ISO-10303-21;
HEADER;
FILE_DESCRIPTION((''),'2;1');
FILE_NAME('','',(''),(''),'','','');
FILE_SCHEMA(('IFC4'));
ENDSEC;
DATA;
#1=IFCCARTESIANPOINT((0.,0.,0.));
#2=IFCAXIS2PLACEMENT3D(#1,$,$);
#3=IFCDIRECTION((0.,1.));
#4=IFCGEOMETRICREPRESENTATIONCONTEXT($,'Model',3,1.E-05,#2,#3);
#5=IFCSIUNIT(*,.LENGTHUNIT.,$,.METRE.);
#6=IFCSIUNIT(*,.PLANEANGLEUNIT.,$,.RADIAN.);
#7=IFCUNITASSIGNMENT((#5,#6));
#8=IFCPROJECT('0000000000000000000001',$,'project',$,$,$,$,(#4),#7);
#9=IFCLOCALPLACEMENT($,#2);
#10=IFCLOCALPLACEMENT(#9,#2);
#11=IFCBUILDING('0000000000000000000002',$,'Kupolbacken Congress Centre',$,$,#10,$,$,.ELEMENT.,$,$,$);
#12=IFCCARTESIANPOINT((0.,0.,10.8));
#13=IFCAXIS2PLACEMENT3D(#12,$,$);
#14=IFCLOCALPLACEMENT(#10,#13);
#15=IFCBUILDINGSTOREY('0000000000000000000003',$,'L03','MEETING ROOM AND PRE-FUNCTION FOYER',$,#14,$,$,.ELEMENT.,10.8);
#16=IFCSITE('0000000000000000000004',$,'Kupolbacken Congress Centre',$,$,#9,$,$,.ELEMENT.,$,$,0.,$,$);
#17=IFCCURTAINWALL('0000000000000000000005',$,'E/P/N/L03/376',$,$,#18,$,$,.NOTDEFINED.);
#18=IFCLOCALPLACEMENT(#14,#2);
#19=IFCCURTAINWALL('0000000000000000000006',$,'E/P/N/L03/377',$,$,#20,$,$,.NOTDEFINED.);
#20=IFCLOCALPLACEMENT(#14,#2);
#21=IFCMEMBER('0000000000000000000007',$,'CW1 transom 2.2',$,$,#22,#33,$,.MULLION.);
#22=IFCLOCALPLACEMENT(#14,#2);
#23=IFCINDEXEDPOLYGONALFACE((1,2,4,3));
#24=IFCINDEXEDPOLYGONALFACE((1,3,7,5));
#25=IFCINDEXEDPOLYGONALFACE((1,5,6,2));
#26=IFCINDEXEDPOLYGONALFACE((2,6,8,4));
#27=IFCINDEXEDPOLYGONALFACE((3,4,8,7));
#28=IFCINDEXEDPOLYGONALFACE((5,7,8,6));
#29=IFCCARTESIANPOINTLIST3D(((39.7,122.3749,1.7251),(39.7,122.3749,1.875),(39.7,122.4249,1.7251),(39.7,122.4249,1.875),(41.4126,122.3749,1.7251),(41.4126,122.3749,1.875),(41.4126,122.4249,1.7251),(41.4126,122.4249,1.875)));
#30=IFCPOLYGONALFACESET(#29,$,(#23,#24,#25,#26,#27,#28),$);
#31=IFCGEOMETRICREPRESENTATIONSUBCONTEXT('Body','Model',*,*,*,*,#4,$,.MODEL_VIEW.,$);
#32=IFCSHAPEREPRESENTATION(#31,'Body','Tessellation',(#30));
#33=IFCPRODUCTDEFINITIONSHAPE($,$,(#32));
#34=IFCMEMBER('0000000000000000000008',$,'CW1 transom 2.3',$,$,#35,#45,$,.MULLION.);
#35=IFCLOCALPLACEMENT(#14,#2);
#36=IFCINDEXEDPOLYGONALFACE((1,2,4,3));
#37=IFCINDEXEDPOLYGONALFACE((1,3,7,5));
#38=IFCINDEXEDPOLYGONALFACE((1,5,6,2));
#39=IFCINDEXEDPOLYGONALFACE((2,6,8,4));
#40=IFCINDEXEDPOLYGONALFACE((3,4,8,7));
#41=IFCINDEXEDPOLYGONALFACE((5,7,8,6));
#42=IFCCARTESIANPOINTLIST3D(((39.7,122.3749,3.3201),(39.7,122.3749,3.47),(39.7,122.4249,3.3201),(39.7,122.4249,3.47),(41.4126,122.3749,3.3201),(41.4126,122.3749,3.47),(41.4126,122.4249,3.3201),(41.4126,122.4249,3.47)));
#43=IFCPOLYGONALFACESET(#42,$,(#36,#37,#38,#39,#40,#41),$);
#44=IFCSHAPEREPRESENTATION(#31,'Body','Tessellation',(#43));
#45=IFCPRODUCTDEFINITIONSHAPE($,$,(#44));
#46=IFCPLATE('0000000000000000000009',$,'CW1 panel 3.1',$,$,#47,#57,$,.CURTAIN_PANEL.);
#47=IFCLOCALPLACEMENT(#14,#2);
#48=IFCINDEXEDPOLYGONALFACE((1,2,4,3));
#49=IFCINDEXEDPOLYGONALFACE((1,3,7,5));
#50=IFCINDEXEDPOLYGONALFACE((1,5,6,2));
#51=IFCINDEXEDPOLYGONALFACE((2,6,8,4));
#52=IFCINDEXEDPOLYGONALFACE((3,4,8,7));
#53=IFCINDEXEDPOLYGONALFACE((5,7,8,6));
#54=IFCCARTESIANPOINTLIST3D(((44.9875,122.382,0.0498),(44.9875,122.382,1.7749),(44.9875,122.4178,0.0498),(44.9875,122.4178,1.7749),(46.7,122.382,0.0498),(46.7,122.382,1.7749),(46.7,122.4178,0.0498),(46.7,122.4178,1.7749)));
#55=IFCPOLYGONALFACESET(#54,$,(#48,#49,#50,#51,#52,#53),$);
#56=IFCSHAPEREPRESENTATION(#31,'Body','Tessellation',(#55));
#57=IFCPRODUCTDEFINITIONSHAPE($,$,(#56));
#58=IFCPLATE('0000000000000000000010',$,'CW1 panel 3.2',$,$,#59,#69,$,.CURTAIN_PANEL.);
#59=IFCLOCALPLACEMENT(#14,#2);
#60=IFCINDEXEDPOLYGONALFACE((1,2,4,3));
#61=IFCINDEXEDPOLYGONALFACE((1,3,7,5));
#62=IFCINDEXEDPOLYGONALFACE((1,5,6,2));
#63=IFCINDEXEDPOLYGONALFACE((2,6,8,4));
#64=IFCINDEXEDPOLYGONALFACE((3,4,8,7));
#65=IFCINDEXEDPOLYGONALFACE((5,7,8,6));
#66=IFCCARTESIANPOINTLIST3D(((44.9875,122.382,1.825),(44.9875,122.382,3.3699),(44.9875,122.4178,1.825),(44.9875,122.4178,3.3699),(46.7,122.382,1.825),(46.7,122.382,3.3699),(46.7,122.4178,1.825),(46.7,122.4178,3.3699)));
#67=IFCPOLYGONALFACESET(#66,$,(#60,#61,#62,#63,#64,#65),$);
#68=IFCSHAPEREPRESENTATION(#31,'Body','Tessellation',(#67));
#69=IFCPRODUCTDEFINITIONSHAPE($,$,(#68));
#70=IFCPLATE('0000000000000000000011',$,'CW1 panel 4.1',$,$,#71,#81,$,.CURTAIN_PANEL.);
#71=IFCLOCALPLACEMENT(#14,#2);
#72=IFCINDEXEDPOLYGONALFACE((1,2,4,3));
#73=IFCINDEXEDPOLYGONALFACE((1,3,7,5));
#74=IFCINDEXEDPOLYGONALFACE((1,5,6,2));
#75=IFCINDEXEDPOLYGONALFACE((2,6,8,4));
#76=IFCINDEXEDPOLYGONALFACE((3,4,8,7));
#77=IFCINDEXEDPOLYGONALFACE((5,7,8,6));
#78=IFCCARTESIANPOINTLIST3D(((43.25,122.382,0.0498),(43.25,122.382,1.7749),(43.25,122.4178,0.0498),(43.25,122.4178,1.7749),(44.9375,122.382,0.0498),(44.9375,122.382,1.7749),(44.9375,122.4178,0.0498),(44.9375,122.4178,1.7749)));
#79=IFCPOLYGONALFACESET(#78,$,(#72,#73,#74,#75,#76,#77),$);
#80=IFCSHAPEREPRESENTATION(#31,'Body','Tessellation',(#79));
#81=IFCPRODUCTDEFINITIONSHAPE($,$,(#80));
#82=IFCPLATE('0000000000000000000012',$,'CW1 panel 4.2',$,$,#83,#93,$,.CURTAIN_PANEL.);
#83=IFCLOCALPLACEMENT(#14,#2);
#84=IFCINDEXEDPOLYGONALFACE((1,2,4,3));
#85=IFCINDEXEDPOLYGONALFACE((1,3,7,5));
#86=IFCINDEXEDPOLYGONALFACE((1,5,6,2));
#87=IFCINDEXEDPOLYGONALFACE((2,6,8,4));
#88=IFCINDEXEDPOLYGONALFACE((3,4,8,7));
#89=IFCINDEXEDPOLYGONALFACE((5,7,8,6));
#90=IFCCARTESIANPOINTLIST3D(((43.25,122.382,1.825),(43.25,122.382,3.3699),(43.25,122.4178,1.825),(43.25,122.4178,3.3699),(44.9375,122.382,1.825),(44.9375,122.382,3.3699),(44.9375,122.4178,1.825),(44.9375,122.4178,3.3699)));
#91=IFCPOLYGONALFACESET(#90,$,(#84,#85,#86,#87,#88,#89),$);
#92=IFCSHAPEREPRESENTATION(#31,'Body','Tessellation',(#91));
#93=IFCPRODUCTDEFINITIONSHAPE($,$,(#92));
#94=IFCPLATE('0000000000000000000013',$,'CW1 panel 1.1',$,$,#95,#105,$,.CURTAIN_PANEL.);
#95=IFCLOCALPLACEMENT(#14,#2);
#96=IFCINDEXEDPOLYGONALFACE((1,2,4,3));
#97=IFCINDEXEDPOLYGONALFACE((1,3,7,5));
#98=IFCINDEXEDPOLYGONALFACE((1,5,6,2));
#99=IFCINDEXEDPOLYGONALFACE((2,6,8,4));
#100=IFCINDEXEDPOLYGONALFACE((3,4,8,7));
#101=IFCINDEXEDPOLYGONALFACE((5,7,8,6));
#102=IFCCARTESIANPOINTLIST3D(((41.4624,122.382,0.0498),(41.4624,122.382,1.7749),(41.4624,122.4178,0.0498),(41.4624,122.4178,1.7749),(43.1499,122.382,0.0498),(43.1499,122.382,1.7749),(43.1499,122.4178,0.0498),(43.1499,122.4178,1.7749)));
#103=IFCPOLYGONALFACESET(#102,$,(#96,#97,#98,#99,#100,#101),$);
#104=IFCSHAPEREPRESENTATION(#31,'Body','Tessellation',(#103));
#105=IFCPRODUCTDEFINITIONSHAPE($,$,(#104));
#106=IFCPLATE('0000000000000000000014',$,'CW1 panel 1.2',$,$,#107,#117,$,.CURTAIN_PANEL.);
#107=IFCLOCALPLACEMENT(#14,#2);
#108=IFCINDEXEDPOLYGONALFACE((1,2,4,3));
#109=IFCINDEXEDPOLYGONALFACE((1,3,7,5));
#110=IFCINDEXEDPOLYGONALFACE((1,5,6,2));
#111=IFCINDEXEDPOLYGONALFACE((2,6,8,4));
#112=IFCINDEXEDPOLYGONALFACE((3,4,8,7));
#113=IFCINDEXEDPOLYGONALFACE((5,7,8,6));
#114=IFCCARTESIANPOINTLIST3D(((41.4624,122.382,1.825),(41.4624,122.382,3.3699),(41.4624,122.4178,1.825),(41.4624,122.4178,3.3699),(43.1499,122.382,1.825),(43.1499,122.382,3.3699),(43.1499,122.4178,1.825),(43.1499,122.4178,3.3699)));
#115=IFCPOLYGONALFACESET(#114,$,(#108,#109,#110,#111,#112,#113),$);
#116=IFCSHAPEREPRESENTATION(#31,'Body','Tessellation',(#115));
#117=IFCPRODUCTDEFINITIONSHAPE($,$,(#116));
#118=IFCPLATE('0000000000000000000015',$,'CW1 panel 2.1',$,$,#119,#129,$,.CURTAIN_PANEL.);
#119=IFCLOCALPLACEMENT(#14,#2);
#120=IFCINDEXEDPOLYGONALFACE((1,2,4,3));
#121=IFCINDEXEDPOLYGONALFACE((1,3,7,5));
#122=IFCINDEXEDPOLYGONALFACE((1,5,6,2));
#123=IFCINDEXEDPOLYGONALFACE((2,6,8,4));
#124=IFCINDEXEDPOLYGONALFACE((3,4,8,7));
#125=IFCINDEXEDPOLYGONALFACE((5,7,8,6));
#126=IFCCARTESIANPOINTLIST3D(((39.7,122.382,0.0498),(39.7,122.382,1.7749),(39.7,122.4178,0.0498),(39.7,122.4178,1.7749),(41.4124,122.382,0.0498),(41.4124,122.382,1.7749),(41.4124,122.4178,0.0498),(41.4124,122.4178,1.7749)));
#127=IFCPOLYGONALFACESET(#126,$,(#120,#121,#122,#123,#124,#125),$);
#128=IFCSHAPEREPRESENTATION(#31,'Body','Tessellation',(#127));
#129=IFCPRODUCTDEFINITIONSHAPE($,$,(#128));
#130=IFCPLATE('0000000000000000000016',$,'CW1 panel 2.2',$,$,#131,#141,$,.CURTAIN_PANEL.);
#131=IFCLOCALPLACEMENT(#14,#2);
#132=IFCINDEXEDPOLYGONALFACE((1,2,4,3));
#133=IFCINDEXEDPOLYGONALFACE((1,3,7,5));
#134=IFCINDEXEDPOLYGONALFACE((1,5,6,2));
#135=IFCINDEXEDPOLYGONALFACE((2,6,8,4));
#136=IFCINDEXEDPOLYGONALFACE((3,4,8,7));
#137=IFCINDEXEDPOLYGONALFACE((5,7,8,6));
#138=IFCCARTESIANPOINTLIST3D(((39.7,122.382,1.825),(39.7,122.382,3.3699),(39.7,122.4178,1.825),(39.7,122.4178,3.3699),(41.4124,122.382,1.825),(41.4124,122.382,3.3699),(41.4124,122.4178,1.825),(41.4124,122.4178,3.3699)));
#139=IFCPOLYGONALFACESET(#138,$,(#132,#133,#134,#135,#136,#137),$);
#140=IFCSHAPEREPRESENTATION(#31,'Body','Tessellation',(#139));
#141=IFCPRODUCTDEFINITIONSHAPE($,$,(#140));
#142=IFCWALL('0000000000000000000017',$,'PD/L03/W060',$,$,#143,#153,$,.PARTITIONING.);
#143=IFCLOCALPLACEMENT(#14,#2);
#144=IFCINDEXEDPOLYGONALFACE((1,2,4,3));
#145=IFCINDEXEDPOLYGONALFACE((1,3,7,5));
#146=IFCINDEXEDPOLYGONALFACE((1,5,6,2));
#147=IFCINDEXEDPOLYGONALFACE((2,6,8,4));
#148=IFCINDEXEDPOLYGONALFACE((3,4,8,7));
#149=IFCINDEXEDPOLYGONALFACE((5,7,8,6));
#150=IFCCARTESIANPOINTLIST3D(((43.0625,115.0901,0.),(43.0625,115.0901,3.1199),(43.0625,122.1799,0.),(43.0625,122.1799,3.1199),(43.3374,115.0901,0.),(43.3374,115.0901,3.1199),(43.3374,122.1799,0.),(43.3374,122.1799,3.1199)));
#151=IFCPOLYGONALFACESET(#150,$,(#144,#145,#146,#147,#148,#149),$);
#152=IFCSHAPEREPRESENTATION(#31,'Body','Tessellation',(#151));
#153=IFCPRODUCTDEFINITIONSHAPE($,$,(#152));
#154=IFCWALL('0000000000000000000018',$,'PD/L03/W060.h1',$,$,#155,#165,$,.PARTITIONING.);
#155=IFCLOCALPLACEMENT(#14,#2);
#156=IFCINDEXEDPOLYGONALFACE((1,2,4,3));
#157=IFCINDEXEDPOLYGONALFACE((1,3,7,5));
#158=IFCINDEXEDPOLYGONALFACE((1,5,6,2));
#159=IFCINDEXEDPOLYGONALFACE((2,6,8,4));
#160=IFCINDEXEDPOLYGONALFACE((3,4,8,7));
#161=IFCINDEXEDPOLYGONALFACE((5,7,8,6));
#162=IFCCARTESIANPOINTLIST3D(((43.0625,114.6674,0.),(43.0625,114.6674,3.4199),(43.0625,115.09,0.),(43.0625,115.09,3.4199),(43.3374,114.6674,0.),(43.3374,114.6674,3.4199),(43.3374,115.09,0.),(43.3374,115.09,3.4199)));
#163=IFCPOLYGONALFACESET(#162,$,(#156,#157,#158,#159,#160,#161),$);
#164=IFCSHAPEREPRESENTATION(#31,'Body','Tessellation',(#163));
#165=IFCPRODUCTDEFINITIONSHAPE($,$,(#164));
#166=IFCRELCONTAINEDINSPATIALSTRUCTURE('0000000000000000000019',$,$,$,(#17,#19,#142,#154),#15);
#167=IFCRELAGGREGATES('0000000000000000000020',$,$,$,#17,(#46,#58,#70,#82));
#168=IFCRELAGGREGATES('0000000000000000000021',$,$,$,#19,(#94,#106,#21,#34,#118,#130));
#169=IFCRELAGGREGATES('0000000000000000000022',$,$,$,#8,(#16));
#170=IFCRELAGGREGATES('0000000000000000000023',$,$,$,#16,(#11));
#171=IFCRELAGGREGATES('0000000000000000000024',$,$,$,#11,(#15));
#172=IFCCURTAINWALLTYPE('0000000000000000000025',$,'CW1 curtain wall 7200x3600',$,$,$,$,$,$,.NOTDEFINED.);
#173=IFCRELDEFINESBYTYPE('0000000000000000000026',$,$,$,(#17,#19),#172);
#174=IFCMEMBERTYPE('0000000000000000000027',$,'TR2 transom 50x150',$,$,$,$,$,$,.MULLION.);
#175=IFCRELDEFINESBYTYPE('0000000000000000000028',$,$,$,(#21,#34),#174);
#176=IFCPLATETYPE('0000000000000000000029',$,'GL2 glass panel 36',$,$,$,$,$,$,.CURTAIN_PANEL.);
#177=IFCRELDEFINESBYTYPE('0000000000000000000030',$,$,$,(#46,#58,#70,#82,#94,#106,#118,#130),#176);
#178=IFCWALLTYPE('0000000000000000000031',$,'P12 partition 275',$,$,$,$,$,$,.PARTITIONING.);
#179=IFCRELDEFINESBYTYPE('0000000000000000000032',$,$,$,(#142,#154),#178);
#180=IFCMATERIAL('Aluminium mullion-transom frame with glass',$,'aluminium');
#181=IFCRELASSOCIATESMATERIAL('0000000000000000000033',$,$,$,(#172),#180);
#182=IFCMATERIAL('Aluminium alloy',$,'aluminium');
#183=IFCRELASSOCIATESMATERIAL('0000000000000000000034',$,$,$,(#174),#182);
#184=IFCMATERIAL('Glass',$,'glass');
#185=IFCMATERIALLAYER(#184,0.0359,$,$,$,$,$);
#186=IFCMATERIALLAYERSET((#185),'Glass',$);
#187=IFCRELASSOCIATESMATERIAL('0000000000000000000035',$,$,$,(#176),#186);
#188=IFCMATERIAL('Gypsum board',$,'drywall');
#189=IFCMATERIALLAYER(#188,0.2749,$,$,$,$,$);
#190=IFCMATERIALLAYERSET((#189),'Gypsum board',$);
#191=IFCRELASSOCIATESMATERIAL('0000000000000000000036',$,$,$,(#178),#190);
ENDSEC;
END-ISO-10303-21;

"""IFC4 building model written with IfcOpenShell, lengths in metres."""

from ifc_helpers import new_model, si_unit, direction, frame, frame_2d, origin, origin_2d, place, context, subcontext, project, spatial, rectangle, extrude, material, layer, layer_set, material_profile, profile_set, type_object, element, aggregate, save


model = new_model("IFC4")

# Units and contexts
model_context = context("Model", 3, precision=1e-05, world=origin(), true_north=direction((0.0, 1.0)))
body_context = subcontext(model_context, "Body", "Model", "MODEL_VIEW")
ifc_project = project(units=[si_unit("LENGTHUNIT", "METRE"), si_unit("PLANEANGLEUNIT", "RADIAN")], contexts=[model_context])

# Site, building, storey
site_placement = place(None, origin())
site = spatial("IfcSite", under=ifc_project, at=site_placement, Name="Kupolbacken Congress Centre", CompositionType="ELEMENT", RefElevation=0.0)
building_placement = place(site_placement, origin())
building = spatial("IfcBuilding", under=site, at=building_placement, Name="Kupolbacken Congress Centre", CompositionType="ELEMENT")
storey_placement = place(building_placement, frame((0.0, 0.0, 10.8)))
storey = spatial("IfcBuildingStorey", under=building, at=storey_placement, Name="L03", Description="MEETING ROOM AND PRE-FUNCTION FOYER", CompositionType="ELEMENT", Elevation=10.8)

# Curtain walls
ifc_material_1 = material(Name="Aluminium mullion-transom frame with glass", Category="aluminium")
curtain_wall_type = type_object("IfcCurtainWallType", Name="CW1 curtain wall 7200x3600", PredefinedType="NOTDEFINED", material=ifc_material_1)
curtain_wall_1_placement = place(storey_placement, origin())
curtain_wall_1 = element("IfcCurtainWall", 1, at=curtain_wall_1_placement, inside=storey, type_object=curtain_wall_type, Name="E/P/N/L03/376", PredefinedType="NOTDEFINED")
curtain_wall_2_placement = place(storey_placement, origin())
curtain_wall_2 = element("IfcCurtainWall", 2, at=curtain_wall_2_placement, inside=storey, type_object=curtain_wall_type, Name="E/P/N/L03/377", PredefinedType="NOTDEFINED")

# Members
ifc_material_2 = material(Name="Aluminium alloy", Category="aluminium")
ifc_material_profile_1 = material_profile(ifc_material_2, rectangle(XDim=0.05, YDim=0.1499, at=origin_2d()), Name="50 x 150")
ifc_profile_set_1 = profile_set([ifc_material_profile_1], Name="Aluminium alloy")
member_type_1 = type_object("IfcMemberType", Name="TR2 transom 50x150", PredefinedType="MULLION", material=ifc_profile_set_1)
member_1_placement = place(storey_placement, frame((41.4126, 122.3999, 1.8), z_axis=(-1.0, 0.0, 0.0), x_axis=(0.0, -1.0, 0.0)))
member_1 = element("IfcMember", 3, at=member_1_placement, type_object=member_type_1, Name="CW1 transom 2.2", PredefinedType="MULLION", context=body_context, shape_type="SweptSolid", body=[
    extrude(rectangle(XDim=0.05, YDim=0.1499, at=origin_2d()), origin(), (0.0, 0.0, 1.0), 1.7126),
])
member_2_placement = place(storey_placement, frame((41.4126, 122.3999, 3.395), z_axis=(-1.0, 0.0, 0.0), x_axis=(0.0, -1.0, 0.0)))
member_2 = element("IfcMember", 4, at=member_2_placement, type_object=member_type_1, Name="CW1 transom 2.3", PredefinedType="MULLION", context=body_context, shape_type="SweptSolid", body=[
    extrude(rectangle(XDim=0.05, YDim=0.1499, at=origin_2d()), origin(), (0.0, 0.0, 1.0), 1.7126),
])

# Plates
ifc_material_3 = material(Name="Glass", Category="glass")
ifc_layer_1 = layer(ifc_material_3, 0.0359)
ifc_layer_set_1 = layer_set([ifc_layer_1], Name="Glass")
plate_type = type_object("IfcPlateType", Name="GL2 glass panel 36", PredefinedType="CURTAIN_PANEL", material=ifc_layer_set_1)
plate_1_placement = place(storey_placement, frame((45.8438, 122.3999, 0.0498), z_axis=(0.0, 0.0, 1.0), x_axis=(-1.0, 0.0, 0.0)))
plate_1 = element("IfcPlate", 5, at=plate_1_placement, type_object=plate_type, Name="CW1 panel 3.1", PredefinedType="CURTAIN_PANEL", context=body_context, shape_type="SweptSolid", body=[
    extrude(rectangle(XDim=1.7124, YDim=0.0359, at=origin_2d()), origin(), (0.0, 0.0, 1.0), 1.7251),
])
plate_2_placement = place(storey_placement, frame((45.8438, 122.3999, 1.825), z_axis=(0.0, 0.0, 1.0), x_axis=(-1.0, 0.0, 0.0)))
plate_2 = element("IfcPlate", 6, at=plate_2_placement, type_object=plate_type, Name="CW1 panel 3.2", PredefinedType="CURTAIN_PANEL", context=body_context, shape_type="SweptSolid", body=[
    extrude(rectangle(XDim=1.7124, YDim=0.0359, at=origin_2d()), origin(), (0.0, 0.0, 1.0), 1.5449),
])
plate_3_placement = place(storey_placement, frame((44.0938, 122.3999, 0.0498), z_axis=(0.0, 0.0, 1.0), x_axis=(-1.0, 0.0, 0.0)))
plate_3 = element("IfcPlate", 7, at=plate_3_placement, type_object=plate_type, Name="CW1 panel 4.1", PredefinedType="CURTAIN_PANEL", context=body_context, shape_type="SweptSolid", body=[
    extrude(rectangle(XDim=1.6875, YDim=0.0359, at=origin_2d()), origin(), (0.0, 0.0, 1.0), 1.7251),
])
plate_4_placement = place(storey_placement, frame((44.0938, 122.3999, 1.825), z_axis=(0.0, 0.0, 1.0), x_axis=(-1.0, 0.0, 0.0)))
plate_4 = element("IfcPlate", 8, at=plate_4_placement, type_object=plate_type, Name="CW1 panel 4.2", PredefinedType="CURTAIN_PANEL", context=body_context, shape_type="SweptSolid", body=[
    extrude(rectangle(XDim=1.6875, YDim=0.0359, at=origin_2d()), origin(), (0.0, 0.0, 1.0), 1.5449),
])
aggregate(curtain_wall_1, [plate_1, plate_2, plate_3, plate_4])
plate_5_placement = place(storey_placement, frame((42.3062, 122.3999, 0.0498), z_axis=(0.0, 0.0, 1.0), x_axis=(-1.0, 0.0, 0.0)))
plate_5 = element("IfcPlate", 9, at=plate_5_placement, type_object=plate_type, Name="CW1 panel 1.1", PredefinedType="CURTAIN_PANEL", context=body_context, shape_type="SweptSolid", body=[
    extrude(rectangle(XDim=1.6875, YDim=0.0359, at=origin_2d()), origin(), (0.0, 0.0, 1.0), 1.7251),
])
plate_6_placement = place(storey_placement, frame((42.3062, 122.3999, 1.825), z_axis=(0.0, 0.0, 1.0), x_axis=(-1.0, 0.0, 0.0)))
plate_6 = element("IfcPlate", 10, at=plate_6_placement, type_object=plate_type, Name="CW1 panel 1.2", PredefinedType="CURTAIN_PANEL", context=body_context, shape_type="SweptSolid", body=[
    extrude(rectangle(XDim=1.6875, YDim=0.0359, at=origin_2d()), origin(), (0.0, 0.0, 1.0), 1.5449),
])
plate_7_placement = place(storey_placement, frame((40.5562, 122.3999, 0.0498), z_axis=(0.0, 0.0, 1.0), x_axis=(-1.0, 0.0, 0.0)))
plate_7 = element("IfcPlate", 11, at=plate_7_placement, type_object=plate_type, Name="CW1 panel 2.1", PredefinedType="CURTAIN_PANEL", context=body_context, shape_type="SweptSolid", body=[
    extrude(rectangle(XDim=1.7124, YDim=0.0359, at=origin_2d()), origin(), (0.0, 0.0, 1.0), 1.7251),
])
plate_8_placement = place(storey_placement, frame((40.5562, 122.3999, 1.825), z_axis=(0.0, 0.0, 1.0), x_axis=(-1.0, 0.0, 0.0)))
plate_8 = element("IfcPlate", 12, at=plate_8_placement, type_object=plate_type, Name="CW1 panel 2.2", PredefinedType="CURTAIN_PANEL", context=body_context, shape_type="SweptSolid", body=[
    extrude(rectangle(XDim=1.7124, YDim=0.0359, at=origin_2d()), origin(), (0.0, 0.0, 1.0), 1.5449),
])
aggregate(curtain_wall_2, [plate_5, plate_6, member_1, member_2, plate_7, plate_8])

# Walls
ifc_material_4 = material(Name="Gypsum board", Category="drywall")
ifc_layer_2 = layer(ifc_material_4, 0.2749)
ifc_layer_set_2 = layer_set([ifc_layer_2], Name="Gypsum board")
wall_type = type_object("IfcWallType", Name="P12 partition 275", PredefinedType="PARTITIONING", material=ifc_layer_set_2)
wall_1_placement = place(storey_placement, frame((43.2, 122.1799, 0.0), z_axis=(0.0, 0.0, 1.0), x_axis=(0.0, -1.0, 0.0)))
element("IfcWall", 13, at=wall_1_placement, inside=storey, type_object=wall_type, Name="PD/L03/W060", PredefinedType="PARTITIONING", context=body_context, shape_type="SweptSolid", body=[
    extrude(rectangle(XDim=7.0898, YDim=0.2749, at=frame_2d((3.5449, 0.0))), origin(), (0.0, 0.0, 1.0), 3.1199),
])
wall_2_placement = place(storey_placement, frame((43.2, 115.0901, 0.0), z_axis=(0.0, 0.0, 1.0), x_axis=(0.0, -1.0, 0.0)))
element("IfcWall", 14, at=wall_2_placement, inside=storey, type_object=wall_type, Name="PD/L03/W060.h1", PredefinedType="PARTITIONING", context=body_context, shape_type="SweptSolid", body=[
    extrude(rectangle(XDim=0.4226, YDim=0.2749, at=frame_2d((0.2114, 0.0))), origin(), (0.0, 0.0, 1.0), 3.4199),
])

save(model, "model.ifc")
